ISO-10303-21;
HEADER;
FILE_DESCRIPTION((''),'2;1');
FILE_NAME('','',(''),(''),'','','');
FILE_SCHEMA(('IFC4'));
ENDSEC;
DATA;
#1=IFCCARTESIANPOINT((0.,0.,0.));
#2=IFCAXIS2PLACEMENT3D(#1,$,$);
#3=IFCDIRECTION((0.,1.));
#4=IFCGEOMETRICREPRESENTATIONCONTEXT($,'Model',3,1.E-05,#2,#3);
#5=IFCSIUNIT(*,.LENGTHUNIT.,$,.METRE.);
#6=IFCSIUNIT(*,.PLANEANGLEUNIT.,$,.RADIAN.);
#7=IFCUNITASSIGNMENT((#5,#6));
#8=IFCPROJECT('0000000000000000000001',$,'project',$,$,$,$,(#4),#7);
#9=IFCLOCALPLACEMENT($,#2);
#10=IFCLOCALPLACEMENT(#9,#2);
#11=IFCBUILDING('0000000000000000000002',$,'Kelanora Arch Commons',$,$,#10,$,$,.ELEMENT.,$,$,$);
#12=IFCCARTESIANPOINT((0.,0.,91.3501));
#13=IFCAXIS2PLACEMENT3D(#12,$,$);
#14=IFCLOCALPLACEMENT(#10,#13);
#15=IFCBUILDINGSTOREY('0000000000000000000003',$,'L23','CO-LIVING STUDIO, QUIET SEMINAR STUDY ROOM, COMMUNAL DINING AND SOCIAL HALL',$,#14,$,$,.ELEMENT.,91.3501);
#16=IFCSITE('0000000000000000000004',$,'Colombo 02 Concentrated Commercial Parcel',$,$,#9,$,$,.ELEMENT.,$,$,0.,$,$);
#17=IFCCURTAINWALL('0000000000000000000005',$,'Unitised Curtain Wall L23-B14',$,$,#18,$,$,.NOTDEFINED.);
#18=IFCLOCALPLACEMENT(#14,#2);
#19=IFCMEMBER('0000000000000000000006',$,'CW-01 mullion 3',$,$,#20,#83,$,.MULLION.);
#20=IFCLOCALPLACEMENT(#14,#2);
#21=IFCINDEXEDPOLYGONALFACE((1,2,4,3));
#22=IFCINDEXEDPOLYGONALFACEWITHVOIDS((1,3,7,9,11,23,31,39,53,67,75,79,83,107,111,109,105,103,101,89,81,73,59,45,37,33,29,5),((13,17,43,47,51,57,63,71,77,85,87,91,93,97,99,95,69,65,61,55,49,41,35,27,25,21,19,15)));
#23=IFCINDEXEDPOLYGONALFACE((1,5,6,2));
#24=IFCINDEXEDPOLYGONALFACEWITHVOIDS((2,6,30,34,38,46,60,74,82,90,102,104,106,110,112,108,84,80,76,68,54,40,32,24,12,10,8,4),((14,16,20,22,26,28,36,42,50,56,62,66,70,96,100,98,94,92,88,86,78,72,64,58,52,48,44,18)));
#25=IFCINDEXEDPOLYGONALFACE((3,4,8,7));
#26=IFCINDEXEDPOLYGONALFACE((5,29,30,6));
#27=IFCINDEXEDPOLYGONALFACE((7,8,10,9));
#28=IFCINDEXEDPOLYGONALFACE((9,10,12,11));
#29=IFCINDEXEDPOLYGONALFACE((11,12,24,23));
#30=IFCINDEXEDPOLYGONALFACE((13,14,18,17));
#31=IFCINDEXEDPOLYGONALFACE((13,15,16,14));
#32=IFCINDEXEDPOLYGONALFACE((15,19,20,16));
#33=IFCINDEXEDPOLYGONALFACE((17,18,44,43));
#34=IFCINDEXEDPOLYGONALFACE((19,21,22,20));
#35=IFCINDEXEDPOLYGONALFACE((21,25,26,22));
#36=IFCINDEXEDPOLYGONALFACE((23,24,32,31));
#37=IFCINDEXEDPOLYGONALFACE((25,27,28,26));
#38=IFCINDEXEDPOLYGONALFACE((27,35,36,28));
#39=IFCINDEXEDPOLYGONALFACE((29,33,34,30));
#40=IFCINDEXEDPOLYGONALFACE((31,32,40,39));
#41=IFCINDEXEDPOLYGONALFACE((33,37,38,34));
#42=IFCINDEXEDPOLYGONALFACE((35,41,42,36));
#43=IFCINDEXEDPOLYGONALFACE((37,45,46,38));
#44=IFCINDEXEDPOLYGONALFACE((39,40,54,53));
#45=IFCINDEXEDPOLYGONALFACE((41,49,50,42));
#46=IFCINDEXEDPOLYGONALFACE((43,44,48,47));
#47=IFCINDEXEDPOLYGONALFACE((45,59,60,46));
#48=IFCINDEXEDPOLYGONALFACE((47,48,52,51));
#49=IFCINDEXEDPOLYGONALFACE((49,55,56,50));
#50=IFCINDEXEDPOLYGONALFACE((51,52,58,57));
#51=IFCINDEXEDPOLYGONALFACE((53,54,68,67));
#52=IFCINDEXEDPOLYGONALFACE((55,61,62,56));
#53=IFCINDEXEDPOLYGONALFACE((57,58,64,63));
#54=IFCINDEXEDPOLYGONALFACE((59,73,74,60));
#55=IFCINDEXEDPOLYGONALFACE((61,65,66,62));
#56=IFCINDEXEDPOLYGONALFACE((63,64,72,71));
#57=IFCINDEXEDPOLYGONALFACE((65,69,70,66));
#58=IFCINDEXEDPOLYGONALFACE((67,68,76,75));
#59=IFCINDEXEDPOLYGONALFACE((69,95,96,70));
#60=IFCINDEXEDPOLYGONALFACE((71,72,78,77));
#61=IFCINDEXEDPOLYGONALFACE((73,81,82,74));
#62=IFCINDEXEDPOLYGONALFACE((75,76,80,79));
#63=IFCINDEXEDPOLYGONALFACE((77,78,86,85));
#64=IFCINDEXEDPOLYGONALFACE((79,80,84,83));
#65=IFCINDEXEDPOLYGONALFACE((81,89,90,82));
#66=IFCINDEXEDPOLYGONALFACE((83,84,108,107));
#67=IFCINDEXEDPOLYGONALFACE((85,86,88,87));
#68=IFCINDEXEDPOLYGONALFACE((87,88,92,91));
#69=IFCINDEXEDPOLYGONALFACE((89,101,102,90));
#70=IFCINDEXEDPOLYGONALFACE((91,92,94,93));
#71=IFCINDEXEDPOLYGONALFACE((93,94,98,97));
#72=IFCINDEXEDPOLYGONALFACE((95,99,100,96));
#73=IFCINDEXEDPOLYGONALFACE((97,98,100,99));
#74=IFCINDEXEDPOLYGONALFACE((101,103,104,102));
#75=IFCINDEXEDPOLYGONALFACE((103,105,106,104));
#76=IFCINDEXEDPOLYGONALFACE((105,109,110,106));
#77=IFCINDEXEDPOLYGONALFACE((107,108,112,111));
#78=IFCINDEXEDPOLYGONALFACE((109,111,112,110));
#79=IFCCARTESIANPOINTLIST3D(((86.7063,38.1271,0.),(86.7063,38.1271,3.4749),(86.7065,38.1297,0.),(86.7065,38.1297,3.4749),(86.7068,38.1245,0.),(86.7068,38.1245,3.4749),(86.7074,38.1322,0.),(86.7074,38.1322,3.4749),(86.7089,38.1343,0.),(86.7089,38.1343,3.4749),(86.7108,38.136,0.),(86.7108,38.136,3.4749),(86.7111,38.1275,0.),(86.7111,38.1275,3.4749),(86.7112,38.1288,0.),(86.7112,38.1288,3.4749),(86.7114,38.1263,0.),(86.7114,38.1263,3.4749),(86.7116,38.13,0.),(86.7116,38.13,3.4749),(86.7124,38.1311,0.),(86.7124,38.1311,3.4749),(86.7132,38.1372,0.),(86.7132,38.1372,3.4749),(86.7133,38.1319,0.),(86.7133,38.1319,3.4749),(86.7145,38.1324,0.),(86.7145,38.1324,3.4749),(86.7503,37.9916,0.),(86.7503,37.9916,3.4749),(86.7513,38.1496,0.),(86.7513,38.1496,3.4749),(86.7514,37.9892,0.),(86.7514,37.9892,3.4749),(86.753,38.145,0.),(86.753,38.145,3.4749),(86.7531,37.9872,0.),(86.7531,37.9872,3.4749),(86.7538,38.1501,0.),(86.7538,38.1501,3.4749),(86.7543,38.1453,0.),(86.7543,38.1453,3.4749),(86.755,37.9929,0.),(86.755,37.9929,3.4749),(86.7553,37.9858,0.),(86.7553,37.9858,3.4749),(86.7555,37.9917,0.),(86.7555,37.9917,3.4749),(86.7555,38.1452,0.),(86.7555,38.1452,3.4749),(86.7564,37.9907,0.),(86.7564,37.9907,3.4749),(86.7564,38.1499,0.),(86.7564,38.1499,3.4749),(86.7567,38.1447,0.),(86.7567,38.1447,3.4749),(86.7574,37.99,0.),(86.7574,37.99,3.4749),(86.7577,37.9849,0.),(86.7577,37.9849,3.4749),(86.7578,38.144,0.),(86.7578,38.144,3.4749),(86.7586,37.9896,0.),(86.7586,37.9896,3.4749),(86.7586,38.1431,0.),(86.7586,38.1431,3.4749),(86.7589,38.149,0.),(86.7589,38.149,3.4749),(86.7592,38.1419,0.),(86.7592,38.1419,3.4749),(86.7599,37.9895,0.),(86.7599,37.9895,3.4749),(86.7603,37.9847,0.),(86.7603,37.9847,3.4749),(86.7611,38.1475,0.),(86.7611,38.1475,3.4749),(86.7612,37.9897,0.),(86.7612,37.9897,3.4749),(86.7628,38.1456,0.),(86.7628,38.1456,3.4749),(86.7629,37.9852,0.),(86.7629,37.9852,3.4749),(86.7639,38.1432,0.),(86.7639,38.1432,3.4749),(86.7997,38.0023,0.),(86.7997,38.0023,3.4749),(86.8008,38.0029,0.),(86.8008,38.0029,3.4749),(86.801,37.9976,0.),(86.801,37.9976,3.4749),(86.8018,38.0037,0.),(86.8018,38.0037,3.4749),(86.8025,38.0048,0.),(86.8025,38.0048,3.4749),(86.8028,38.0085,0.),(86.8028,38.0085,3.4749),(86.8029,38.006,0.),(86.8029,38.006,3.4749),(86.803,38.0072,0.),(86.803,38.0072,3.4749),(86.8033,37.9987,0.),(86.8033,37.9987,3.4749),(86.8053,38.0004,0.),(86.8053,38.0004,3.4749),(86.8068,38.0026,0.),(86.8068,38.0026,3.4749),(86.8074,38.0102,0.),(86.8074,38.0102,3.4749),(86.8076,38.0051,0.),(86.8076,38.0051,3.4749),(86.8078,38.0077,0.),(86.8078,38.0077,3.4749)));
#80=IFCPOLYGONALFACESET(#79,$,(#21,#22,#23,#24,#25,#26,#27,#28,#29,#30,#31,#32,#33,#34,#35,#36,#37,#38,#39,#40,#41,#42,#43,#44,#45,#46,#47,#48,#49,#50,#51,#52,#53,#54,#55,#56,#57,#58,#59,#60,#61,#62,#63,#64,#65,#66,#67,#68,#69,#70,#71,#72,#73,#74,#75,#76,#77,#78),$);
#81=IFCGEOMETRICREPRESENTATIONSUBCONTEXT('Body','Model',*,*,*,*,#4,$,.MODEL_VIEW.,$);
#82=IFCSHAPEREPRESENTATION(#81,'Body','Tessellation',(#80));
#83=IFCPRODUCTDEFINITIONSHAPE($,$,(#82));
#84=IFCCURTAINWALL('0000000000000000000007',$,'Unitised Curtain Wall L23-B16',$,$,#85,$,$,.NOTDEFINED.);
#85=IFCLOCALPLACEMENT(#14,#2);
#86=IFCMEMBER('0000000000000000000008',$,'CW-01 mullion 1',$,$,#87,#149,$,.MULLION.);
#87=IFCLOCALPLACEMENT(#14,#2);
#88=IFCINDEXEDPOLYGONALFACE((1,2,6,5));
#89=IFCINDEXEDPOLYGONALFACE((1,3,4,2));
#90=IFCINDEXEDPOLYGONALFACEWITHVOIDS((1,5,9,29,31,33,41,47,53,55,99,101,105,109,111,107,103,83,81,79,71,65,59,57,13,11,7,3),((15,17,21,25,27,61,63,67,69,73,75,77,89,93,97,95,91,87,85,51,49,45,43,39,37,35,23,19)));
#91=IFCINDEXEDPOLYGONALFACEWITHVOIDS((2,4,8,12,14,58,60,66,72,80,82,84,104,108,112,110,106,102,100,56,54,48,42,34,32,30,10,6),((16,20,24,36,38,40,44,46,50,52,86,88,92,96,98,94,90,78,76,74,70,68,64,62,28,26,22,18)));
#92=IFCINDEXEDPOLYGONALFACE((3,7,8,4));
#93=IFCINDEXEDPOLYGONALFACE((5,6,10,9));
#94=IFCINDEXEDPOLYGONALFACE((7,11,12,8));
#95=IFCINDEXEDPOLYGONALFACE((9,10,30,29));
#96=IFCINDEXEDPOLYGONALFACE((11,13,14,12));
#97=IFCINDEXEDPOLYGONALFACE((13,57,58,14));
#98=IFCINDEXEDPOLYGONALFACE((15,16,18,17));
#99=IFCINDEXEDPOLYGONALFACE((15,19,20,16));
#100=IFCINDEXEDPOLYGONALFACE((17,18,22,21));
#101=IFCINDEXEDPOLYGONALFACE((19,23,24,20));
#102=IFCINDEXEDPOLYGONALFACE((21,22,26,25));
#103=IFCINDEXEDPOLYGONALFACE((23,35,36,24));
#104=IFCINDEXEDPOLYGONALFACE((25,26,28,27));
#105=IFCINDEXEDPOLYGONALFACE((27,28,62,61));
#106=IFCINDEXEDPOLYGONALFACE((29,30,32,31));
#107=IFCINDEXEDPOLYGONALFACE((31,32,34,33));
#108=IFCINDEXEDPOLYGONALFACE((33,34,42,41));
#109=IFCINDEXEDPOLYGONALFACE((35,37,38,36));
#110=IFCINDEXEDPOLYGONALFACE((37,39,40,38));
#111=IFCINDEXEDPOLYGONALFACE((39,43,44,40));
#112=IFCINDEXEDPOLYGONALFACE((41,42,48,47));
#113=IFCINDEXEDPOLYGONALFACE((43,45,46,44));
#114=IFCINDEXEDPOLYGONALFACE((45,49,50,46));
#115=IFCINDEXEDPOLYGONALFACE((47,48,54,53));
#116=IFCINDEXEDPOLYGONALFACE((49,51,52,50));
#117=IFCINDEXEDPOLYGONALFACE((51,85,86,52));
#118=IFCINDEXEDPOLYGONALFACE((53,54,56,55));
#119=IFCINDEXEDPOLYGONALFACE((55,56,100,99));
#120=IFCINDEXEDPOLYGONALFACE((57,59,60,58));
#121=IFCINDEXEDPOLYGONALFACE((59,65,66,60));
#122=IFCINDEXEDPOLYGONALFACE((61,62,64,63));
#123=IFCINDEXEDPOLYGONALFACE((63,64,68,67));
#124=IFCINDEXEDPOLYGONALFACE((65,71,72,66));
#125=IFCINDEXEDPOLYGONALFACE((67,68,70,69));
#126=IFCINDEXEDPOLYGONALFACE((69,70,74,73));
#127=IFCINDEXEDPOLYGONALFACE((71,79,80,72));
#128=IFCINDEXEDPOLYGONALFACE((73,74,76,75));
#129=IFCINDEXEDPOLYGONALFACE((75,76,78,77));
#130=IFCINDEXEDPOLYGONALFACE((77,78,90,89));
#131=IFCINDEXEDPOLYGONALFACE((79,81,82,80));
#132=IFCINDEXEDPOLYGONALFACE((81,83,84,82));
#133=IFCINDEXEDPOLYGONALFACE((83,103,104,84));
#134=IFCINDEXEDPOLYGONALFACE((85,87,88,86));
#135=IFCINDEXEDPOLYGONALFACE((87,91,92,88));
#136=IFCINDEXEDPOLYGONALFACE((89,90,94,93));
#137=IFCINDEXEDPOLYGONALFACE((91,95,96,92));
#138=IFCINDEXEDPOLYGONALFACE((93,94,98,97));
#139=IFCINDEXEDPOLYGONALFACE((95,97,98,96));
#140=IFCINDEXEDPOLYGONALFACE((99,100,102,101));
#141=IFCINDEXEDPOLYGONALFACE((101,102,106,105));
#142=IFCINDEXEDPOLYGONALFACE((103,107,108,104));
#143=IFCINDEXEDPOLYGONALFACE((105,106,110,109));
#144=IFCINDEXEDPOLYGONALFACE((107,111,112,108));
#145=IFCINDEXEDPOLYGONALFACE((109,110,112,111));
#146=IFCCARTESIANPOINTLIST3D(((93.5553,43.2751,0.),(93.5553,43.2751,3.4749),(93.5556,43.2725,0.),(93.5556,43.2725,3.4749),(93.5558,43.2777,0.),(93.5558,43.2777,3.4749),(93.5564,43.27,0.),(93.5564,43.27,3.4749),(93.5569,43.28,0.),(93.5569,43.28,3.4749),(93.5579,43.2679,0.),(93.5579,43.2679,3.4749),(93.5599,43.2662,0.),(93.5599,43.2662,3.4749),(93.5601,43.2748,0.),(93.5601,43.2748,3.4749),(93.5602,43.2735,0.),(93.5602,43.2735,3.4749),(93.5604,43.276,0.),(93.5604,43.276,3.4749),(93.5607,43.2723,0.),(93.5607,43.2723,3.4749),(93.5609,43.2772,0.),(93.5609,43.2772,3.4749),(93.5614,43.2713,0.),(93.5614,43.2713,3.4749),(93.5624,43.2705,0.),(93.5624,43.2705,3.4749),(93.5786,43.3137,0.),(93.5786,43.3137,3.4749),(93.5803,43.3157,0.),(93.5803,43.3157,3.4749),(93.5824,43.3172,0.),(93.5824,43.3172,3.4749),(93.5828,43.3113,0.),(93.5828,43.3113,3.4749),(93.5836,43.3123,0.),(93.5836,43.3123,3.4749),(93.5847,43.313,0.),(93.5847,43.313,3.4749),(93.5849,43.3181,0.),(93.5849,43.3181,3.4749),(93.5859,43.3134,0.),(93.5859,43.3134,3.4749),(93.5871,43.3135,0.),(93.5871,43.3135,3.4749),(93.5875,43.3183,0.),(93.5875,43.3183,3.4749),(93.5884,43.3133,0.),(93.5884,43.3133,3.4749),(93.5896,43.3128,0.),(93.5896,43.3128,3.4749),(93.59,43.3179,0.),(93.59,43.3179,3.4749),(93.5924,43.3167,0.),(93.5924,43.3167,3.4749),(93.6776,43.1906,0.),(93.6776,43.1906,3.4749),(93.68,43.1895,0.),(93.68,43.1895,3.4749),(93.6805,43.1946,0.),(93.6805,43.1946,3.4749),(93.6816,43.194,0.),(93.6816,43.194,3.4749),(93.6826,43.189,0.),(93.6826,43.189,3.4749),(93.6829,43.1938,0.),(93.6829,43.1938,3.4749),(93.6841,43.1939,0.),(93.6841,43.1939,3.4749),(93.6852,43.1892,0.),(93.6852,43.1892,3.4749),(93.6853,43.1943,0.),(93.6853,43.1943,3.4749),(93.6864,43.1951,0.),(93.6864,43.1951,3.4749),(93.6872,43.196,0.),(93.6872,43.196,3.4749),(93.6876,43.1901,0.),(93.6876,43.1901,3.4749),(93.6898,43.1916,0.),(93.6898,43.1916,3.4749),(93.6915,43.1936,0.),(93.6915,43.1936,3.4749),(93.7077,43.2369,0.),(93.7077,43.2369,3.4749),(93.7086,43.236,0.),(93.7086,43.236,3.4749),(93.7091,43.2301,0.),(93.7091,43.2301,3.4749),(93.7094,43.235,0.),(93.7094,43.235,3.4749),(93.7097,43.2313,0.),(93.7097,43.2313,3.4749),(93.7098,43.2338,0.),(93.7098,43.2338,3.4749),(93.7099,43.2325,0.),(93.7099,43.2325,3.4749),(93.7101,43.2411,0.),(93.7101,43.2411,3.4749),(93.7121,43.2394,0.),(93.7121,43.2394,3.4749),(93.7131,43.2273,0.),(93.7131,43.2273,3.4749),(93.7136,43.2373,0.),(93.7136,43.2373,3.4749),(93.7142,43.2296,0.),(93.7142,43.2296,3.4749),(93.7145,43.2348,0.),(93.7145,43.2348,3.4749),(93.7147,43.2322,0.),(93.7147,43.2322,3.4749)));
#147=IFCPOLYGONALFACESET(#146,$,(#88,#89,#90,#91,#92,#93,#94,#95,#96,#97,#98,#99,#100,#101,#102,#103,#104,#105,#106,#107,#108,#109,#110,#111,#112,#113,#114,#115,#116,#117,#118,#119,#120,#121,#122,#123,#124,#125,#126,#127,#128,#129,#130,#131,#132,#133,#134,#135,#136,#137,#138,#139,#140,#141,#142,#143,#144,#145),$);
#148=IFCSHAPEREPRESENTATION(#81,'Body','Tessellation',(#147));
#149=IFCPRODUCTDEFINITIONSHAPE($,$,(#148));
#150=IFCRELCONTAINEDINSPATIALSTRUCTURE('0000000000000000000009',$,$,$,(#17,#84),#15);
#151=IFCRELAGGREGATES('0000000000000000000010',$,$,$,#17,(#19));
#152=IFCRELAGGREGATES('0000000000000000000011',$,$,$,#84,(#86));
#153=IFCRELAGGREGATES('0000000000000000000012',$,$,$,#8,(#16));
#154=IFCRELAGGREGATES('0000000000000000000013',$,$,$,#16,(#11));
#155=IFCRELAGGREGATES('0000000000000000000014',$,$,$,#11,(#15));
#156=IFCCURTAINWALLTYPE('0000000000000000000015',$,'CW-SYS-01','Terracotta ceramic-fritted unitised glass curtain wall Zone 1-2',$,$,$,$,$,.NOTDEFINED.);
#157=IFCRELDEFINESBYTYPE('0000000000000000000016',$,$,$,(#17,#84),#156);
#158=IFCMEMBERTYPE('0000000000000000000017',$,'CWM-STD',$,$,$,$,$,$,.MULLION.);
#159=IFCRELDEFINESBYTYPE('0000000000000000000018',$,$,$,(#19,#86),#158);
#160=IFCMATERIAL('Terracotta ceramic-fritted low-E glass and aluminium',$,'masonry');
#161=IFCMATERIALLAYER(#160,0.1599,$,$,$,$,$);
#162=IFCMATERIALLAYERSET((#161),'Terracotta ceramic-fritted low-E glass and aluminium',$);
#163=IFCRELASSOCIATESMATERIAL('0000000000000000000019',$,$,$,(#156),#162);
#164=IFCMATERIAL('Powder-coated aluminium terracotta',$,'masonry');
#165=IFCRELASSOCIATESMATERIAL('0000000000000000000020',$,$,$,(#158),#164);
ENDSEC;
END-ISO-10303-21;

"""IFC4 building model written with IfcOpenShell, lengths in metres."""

from ifc_helpers import new_model, si_unit, direction, frame, origin, origin_2d, place, context, subcontext, project, spatial, hollow_rectangle, extrude, material, layer, layer_set, material_profile, profile_set, type_object, element, aggregate, save


model = new_model("IFC4")

# Units and contexts
model_context = context("Model", 3, precision=1e-05, world=origin(), true_north=direction((0.0, 1.0)))
body_context = subcontext(model_context, "Body", "Model", "MODEL_VIEW")
ifc_project = project(units=[si_unit("LENGTHUNIT", "METRE"), si_unit("PLANEANGLEUNIT", "RADIAN")], contexts=[model_context])

# Site, building, storey
site_placement = place(None, origin())
site = spatial("IfcSite", under=ifc_project, at=site_placement, Name="Colombo 02 Concentrated Commercial Parcel", CompositionType="ELEMENT", RefElevation=0.0)
building_placement = place(site_placement, origin())
building = spatial("IfcBuilding", under=site, at=building_placement, Name="Kelanora Arch Commons", CompositionType="ELEMENT")
storey_placement = place(building_placement, frame((0.0, 0.0, 91.3501)))
storey = spatial("IfcBuildingStorey", under=building, at=storey_placement, Name="L23", Description="CO-LIVING STUDIO, QUIET SEMINAR STUDY ROOM, COMMUNAL DINING AND SOCIAL HALL", CompositionType="ELEMENT", Elevation=91.3501)

# Curtain wall, member
ifc_material_1 = material(Name="Terracotta ceramic-fritted low-E glass and aluminium", Category="masonry")
ifc_layer_1 = layer(ifc_material_1, 0.1599)
ifc_layer_set_1 = layer_set([ifc_layer_1], Name="Terracotta ceramic-fritted low-E glass and aluminium")
curtain_wall_type = type_object("IfcCurtainWallType", Name="CW-SYS-01", Description="Terracotta ceramic-fritted unitised glass curtain wall Zone 1-2", PredefinedType="NOTDEFINED", material=ifc_layer_set_1)
curtain_wall_1_placement = place(storey_placement, origin())
curtain_wall_1 = element("IfcCurtainWall", 1, at=curtain_wall_1_placement, inside=storey, type_object=curtain_wall_type, Name="Unitised Curtain Wall L23-B14", PredefinedType="NOTDEFINED")
ifc_material_2 = material(Name="Powder-coated aluminium terracotta", Category="masonry")
ifc_material_profile_1 = material_profile(ifc_material_2, hollow_rectangle(XDim=0.1599, YDim=0.0601, WallThickness=0.0049, InnerFilletRadius=0.0049, OuterFilletRadius=0.01, at=origin_2d()), Name="CWM160x60")
ifc_profile_set_1 = profile_set([ifc_material_profile_1], Name="Powder-coated aluminium terracotta")
member_type_1 = type_object("IfcMemberType", Name="CWM-STD", PredefinedType="MULLION", material=ifc_profile_set_1)
member_1_placement = place(storey_placement, frame((86.7571, 38.0674, 0.0), z_axis=(0.0, 0.0, 1.0), x_axis=(-0.310805, 0.950474, 0.0)))
member_1 = element("IfcMember", 2, at=member_1_placement, type_object=member_type_1, Name="CW-01 mullion 3", PredefinedType="MULLION", context=body_context, shape_type="SweptSolid", body=[
    extrude(hollow_rectangle(XDim=0.1599, YDim=0.0601, WallThickness=0.0049, InnerFilletRadius=0.0049, OuterFilletRadius=0.01, at=origin_2d()), origin(), (0.0, 0.0, 1.0), 3.4749),
])
aggregate(curtain_wall_1, [member_1])

# Curtain wall, member
curtain_wall_2_placement = place(storey_placement, origin())
curtain_wall_2 = element("IfcCurtainWall", 3, at=curtain_wall_2_placement, inside=storey, type_object=curtain_wall_type, Name="Unitised Curtain Wall L23-B16", PredefinedType="NOTDEFINED")
member_2_placement = place(storey_placement, frame((93.635, 43.2537, 0.0), z_axis=(0.0, 0.0, 1.0), x_axis=(-0.841269, 0.540617, 0.0)))
member_2 = element("IfcMember", 4, at=member_2_placement, type_object=member_type_1, Name="CW-01 mullion 1", PredefinedType="MULLION", context=body_context, shape_type="SweptSolid", body=[
    extrude(hollow_rectangle(XDim=0.1599, YDim=0.0601, WallThickness=0.0049, InnerFilletRadius=0.0049, OuterFilletRadius=0.01, at=origin_2d()), origin(), (0.0, 0.0, 1.0), 3.4749),
])
aggregate(curtain_wall_2, [member_2])

save(model, "model.ifc")
